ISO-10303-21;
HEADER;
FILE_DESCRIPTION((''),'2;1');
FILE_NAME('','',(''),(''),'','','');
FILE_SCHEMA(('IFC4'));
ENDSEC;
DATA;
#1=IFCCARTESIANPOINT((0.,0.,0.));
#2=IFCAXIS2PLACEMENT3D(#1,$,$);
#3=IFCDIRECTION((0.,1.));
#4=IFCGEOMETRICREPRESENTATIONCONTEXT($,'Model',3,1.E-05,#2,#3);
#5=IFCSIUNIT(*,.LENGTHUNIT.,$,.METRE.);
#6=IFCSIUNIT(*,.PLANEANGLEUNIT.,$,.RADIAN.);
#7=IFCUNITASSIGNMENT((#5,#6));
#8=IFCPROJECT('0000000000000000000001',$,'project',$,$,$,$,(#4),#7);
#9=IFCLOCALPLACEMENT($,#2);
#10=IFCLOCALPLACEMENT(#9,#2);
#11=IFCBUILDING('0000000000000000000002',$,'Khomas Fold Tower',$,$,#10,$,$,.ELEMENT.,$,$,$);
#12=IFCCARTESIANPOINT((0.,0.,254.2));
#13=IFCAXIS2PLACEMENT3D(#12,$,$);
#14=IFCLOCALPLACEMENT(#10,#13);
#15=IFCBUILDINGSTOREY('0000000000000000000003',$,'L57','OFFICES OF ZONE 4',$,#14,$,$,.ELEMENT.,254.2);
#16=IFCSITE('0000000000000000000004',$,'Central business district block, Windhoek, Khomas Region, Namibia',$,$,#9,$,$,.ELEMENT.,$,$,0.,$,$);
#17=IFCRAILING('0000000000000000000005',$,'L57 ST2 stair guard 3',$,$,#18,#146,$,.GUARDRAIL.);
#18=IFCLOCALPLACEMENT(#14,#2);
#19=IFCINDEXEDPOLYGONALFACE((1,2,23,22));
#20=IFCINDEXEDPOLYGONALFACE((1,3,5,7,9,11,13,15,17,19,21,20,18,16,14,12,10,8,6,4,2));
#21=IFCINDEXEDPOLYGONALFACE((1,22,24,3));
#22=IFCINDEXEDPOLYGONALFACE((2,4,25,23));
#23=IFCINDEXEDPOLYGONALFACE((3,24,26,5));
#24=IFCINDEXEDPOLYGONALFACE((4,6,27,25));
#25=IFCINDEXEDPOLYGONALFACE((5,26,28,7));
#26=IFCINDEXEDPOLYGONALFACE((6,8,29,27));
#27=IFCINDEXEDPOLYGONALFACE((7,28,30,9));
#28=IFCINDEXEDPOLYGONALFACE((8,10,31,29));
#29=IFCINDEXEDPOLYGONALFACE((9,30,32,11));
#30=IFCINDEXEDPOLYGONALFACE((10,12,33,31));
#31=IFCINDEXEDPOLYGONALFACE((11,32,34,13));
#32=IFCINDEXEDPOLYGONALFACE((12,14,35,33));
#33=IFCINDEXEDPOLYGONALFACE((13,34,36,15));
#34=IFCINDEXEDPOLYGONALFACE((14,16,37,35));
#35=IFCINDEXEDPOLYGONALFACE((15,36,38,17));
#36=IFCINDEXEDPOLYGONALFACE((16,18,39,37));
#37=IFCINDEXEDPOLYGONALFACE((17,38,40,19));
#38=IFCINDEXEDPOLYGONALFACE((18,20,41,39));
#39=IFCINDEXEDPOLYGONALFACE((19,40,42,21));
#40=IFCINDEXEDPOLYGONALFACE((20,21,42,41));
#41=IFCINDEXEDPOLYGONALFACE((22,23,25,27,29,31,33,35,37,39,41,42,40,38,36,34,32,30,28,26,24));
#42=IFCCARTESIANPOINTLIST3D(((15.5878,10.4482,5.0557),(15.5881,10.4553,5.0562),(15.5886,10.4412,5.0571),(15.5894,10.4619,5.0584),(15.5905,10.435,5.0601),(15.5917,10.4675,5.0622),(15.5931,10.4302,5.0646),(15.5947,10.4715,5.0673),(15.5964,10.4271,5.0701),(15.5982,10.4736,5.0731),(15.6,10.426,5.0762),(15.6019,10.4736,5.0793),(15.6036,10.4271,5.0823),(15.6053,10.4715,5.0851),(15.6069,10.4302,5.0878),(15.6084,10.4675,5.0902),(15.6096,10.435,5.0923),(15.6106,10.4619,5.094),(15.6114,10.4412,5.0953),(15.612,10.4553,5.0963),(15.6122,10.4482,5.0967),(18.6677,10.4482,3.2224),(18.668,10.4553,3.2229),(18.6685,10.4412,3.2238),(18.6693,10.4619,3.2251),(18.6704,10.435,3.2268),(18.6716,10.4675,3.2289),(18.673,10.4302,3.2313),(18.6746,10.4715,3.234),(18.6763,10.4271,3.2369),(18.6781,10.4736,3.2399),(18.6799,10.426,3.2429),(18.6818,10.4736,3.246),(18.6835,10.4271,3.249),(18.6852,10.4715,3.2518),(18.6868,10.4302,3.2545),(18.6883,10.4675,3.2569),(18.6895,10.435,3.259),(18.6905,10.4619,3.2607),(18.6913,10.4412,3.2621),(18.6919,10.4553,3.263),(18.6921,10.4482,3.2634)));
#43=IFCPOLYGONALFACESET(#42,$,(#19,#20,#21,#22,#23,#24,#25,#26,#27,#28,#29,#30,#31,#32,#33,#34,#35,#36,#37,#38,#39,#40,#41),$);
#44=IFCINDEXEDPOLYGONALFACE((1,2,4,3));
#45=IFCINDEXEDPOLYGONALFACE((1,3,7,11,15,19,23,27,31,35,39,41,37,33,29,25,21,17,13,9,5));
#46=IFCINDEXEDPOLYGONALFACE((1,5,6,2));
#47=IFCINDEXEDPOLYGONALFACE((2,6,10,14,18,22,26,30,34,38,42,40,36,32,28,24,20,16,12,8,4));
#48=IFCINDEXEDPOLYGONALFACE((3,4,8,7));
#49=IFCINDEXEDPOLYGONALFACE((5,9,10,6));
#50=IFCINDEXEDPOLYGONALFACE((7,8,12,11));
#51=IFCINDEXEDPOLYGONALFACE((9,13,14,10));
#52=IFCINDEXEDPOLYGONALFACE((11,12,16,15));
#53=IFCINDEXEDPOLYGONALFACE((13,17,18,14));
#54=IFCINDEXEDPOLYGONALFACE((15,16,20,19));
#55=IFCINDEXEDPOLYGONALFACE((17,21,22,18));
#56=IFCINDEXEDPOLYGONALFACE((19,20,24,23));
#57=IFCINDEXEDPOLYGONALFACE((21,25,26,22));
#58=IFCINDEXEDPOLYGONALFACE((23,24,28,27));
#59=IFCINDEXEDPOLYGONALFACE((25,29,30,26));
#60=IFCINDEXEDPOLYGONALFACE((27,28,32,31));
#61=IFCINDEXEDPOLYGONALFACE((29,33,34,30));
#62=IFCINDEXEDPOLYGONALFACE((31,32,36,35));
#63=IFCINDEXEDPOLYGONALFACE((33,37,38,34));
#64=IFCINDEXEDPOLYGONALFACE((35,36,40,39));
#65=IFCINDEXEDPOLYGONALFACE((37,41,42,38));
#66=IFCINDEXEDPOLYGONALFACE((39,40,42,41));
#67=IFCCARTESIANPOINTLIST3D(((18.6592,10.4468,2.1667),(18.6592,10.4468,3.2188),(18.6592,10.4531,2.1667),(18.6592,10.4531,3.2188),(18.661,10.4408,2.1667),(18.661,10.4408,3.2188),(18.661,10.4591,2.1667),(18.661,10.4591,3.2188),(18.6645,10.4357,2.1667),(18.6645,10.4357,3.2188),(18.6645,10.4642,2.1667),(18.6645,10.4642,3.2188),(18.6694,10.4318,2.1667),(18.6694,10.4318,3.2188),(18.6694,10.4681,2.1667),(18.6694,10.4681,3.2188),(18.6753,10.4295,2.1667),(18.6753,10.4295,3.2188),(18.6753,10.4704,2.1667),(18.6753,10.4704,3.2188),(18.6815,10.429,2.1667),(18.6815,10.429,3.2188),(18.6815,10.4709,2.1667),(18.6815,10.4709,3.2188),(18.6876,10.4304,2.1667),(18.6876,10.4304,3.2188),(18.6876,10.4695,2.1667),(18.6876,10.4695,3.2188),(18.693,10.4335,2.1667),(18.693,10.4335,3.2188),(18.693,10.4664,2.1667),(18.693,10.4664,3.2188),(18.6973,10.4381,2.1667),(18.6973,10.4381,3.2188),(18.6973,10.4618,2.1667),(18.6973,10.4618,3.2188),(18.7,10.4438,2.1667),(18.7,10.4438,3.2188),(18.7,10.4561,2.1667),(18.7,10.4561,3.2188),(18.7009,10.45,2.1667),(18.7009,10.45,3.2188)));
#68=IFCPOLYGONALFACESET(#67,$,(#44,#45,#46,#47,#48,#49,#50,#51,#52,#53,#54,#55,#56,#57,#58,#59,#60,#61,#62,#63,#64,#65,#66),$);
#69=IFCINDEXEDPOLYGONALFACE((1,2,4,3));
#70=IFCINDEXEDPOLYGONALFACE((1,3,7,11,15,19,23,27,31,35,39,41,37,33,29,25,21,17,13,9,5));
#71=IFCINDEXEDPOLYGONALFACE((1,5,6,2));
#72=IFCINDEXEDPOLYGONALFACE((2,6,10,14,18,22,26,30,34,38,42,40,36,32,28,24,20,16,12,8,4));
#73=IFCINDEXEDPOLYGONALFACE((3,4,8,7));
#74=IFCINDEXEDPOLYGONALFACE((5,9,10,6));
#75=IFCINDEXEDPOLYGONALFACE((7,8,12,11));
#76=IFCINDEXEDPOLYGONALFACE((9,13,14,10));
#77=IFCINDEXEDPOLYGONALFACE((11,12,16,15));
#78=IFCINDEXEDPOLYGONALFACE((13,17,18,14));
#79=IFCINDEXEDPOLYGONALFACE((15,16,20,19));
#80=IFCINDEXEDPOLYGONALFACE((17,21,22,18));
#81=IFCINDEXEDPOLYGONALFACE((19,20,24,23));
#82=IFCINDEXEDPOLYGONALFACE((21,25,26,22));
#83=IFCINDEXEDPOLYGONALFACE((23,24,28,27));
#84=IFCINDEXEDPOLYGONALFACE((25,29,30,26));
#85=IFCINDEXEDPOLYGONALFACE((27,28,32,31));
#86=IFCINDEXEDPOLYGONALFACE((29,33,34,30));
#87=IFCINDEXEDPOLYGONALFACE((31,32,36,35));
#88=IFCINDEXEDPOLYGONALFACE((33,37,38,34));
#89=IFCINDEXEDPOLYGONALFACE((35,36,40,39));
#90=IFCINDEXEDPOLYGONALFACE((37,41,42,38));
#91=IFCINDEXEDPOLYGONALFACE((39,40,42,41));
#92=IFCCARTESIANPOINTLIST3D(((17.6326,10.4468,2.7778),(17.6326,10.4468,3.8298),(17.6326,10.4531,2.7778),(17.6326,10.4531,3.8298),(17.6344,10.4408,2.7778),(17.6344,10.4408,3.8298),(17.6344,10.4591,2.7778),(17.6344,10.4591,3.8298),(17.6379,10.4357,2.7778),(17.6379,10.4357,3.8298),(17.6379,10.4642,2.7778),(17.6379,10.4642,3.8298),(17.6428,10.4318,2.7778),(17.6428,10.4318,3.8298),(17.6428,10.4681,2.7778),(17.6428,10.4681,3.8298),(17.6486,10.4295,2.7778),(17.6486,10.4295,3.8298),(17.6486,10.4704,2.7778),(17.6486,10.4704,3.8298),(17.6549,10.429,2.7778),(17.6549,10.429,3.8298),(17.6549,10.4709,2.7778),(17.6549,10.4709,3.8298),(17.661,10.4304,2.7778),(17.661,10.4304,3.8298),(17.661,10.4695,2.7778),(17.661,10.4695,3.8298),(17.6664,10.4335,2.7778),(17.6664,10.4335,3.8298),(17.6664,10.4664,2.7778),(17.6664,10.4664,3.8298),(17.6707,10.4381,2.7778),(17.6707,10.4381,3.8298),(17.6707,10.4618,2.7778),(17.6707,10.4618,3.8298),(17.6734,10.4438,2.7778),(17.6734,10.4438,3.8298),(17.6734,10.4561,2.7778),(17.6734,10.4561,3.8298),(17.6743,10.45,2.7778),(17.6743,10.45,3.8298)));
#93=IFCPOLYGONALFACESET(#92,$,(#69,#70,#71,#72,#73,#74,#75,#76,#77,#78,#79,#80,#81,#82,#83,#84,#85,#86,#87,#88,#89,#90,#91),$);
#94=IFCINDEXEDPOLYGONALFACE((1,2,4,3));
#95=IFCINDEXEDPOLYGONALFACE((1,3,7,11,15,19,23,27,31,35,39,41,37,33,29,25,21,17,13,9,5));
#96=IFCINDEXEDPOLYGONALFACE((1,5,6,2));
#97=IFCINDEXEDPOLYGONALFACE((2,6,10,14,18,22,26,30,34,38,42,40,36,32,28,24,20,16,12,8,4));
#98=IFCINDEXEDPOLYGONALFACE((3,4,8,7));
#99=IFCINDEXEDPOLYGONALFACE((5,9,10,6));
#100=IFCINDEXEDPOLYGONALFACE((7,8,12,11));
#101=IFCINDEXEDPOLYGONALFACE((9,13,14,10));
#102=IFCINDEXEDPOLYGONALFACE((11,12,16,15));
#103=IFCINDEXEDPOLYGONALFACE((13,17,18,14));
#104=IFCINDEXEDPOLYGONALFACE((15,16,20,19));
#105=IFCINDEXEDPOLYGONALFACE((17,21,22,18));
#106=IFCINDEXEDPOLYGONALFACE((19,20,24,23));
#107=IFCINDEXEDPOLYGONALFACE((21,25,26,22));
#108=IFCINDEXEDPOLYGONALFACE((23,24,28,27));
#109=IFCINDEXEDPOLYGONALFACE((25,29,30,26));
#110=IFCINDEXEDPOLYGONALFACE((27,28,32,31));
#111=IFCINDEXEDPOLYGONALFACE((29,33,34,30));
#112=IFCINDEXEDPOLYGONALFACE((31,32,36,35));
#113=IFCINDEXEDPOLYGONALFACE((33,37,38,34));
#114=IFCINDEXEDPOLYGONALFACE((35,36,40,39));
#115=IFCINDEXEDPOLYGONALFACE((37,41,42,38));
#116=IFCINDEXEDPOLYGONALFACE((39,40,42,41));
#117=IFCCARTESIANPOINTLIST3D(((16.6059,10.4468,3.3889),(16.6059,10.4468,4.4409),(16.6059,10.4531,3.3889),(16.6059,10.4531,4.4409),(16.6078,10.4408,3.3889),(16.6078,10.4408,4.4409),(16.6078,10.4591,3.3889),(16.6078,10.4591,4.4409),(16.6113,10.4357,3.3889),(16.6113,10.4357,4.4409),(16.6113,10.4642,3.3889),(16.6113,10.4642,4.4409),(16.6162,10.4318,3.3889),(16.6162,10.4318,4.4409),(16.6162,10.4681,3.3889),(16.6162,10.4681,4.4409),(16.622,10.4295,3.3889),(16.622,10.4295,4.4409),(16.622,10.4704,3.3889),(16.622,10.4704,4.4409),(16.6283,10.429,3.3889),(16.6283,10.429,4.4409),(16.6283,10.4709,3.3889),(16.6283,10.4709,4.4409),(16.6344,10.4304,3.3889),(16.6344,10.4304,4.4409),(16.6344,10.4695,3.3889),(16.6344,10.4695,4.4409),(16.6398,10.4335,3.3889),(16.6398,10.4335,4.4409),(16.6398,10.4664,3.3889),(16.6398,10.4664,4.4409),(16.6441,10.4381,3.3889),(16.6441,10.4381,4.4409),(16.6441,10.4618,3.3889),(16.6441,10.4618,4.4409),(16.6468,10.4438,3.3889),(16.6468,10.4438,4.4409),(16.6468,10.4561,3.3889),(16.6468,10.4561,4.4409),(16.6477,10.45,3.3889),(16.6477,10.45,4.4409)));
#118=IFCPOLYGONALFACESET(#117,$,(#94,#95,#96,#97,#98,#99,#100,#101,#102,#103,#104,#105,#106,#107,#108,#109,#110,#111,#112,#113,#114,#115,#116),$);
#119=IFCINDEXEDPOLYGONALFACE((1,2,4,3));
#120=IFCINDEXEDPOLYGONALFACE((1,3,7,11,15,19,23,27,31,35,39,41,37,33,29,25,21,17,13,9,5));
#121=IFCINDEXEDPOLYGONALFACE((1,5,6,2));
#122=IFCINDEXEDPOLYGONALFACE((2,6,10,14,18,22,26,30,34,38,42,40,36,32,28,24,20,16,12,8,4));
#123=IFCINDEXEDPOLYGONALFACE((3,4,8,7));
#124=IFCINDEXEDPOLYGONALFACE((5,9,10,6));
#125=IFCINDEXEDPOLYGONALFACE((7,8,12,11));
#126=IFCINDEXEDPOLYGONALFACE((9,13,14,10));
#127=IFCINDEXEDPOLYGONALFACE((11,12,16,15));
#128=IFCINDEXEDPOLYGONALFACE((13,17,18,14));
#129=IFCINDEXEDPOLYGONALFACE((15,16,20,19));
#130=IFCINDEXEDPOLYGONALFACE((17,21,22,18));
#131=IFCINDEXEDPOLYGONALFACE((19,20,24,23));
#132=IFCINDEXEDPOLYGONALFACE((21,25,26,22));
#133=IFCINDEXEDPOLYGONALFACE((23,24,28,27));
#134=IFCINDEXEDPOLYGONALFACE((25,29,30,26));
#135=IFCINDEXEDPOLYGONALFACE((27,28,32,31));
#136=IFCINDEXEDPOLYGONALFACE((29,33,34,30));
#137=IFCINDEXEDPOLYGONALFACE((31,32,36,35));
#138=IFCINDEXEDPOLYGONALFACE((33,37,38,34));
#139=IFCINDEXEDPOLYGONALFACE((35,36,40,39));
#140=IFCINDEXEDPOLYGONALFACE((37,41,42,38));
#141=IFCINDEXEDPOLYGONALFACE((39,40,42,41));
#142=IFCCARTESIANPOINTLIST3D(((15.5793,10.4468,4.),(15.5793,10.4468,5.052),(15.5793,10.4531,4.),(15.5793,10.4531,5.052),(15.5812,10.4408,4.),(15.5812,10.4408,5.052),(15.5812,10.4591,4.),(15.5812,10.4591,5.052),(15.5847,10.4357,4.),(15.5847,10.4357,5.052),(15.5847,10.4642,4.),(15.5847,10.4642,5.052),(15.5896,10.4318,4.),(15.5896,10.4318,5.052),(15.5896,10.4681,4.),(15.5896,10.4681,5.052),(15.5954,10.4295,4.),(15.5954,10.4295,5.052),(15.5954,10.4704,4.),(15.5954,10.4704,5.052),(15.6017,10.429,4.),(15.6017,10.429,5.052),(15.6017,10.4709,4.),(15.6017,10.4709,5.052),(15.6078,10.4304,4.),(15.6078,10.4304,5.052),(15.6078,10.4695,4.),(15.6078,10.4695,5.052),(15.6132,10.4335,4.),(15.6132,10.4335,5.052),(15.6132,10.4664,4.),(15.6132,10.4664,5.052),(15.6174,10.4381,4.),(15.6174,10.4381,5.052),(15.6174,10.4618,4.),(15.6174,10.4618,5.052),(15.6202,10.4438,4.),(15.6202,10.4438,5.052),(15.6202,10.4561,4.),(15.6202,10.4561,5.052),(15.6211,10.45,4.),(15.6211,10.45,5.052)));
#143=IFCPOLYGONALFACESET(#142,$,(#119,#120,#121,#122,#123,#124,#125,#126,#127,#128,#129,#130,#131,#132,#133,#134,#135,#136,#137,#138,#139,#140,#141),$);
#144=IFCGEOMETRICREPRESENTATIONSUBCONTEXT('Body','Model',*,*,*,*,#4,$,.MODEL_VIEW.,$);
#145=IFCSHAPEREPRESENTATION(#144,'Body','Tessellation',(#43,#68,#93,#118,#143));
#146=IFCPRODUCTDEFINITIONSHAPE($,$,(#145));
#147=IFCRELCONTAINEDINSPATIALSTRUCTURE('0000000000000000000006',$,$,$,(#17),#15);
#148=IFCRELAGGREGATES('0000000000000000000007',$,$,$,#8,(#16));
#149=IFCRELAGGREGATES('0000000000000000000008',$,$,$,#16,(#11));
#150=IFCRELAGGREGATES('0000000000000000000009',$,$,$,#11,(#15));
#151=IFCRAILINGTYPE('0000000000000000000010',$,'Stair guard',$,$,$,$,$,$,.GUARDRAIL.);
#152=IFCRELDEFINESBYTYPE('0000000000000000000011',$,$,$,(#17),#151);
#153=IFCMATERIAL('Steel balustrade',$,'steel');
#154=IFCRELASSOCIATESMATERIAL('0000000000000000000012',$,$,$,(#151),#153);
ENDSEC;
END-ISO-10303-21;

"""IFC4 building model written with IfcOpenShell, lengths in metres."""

from ifc_helpers import new_model, si_unit, direction, frame, origin, origin_2d, place, context, subcontext, project, spatial, circle, extrude, source, transform, mapped, material, type_object, element, save


model = new_model("IFC4")

# Units and contexts
model_context = context("Model", 3, precision=1e-05, world=origin(), true_north=direction((0.0, 1.0)))
body_context = subcontext(model_context, "Body", "Model", "MODEL_VIEW")
ifc_project = project(units=[si_unit("LENGTHUNIT", "METRE"), si_unit("PLANEANGLEUNIT", "RADIAN")], contexts=[model_context])

# Site, building, storey
site_placement = place(None, origin())
site = spatial("IfcSite", under=ifc_project, at=site_placement, Name="Central business district block, Windhoek, Khomas Region, Namibia", CompositionType="ELEMENT", RefElevation=0.0)
building_placement = place(site_placement, origin())
building = spatial("IfcBuilding", under=site, at=building_placement, Name="Khomas Fold Tower", CompositionType="ELEMENT")
storey_placement = place(building_placement, frame((0.0, 0.0, 254.2)))
storey = spatial("IfcBuildingStorey", under=building, at=storey_placement, Name="L57", Description="OFFICES OF ZONE 4", CompositionType="ELEMENT", Elevation=254.2)

# Railing
ifc_material_1 = material(Name="Steel balustrade", Category="steel")
railing_type_1 = type_object("IfcRailingType", Name="Stair guard", PredefinedType="GUARDRAIL", material=ifc_material_1)
shared_shape_1 = source(origin(), body_context, "Body", "SweptSolid", [
    extrude(circle(Radius=0.0239, at=origin_2d()), frame((0.0, 0.0, 1.0762), z_axis=(-0.859291, 0.0, 0.511487), x_axis=(0.0, -1.0, 0.0)), (0.0, 0.0, 1.0), 3.5842),
    extrude(circle(Radius=0.021, at=origin_2d()), origin(), (0.0, 0.0, 1.0), 1.052),
    extrude(circle(Radius=0.021, at=origin_2d()), frame((-1.0266, 0.0, 0.6111)), (0.0, 0.0, 1.0), 1.052),
    extrude(circle(Radius=0.021, at=origin_2d()), frame((-2.0532, 0.0, 1.2222)), (0.0, 0.0, 1.0), 1.052),
    extrude(circle(Radius=0.021, at=origin_2d()), frame((-3.0798, 0.0, 1.8333)), (0.0, 0.0, 1.0), 1.052),
])
railing_1_placement = place(storey_placement, frame((18.6799, 10.45, 2.1667)))
element("IfcRailing", 1, at=railing_1_placement, inside=storey, type_object=railing_type_1, Name="L57 ST2 stair guard 3", PredefinedType="GUARDRAIL", context=body_context, shape_type="MappedRepresentation", body=[
    mapped(shared_shape_1, transform((0.0, 0.0, 0.0))),
])

save(model, "model.ifc")
